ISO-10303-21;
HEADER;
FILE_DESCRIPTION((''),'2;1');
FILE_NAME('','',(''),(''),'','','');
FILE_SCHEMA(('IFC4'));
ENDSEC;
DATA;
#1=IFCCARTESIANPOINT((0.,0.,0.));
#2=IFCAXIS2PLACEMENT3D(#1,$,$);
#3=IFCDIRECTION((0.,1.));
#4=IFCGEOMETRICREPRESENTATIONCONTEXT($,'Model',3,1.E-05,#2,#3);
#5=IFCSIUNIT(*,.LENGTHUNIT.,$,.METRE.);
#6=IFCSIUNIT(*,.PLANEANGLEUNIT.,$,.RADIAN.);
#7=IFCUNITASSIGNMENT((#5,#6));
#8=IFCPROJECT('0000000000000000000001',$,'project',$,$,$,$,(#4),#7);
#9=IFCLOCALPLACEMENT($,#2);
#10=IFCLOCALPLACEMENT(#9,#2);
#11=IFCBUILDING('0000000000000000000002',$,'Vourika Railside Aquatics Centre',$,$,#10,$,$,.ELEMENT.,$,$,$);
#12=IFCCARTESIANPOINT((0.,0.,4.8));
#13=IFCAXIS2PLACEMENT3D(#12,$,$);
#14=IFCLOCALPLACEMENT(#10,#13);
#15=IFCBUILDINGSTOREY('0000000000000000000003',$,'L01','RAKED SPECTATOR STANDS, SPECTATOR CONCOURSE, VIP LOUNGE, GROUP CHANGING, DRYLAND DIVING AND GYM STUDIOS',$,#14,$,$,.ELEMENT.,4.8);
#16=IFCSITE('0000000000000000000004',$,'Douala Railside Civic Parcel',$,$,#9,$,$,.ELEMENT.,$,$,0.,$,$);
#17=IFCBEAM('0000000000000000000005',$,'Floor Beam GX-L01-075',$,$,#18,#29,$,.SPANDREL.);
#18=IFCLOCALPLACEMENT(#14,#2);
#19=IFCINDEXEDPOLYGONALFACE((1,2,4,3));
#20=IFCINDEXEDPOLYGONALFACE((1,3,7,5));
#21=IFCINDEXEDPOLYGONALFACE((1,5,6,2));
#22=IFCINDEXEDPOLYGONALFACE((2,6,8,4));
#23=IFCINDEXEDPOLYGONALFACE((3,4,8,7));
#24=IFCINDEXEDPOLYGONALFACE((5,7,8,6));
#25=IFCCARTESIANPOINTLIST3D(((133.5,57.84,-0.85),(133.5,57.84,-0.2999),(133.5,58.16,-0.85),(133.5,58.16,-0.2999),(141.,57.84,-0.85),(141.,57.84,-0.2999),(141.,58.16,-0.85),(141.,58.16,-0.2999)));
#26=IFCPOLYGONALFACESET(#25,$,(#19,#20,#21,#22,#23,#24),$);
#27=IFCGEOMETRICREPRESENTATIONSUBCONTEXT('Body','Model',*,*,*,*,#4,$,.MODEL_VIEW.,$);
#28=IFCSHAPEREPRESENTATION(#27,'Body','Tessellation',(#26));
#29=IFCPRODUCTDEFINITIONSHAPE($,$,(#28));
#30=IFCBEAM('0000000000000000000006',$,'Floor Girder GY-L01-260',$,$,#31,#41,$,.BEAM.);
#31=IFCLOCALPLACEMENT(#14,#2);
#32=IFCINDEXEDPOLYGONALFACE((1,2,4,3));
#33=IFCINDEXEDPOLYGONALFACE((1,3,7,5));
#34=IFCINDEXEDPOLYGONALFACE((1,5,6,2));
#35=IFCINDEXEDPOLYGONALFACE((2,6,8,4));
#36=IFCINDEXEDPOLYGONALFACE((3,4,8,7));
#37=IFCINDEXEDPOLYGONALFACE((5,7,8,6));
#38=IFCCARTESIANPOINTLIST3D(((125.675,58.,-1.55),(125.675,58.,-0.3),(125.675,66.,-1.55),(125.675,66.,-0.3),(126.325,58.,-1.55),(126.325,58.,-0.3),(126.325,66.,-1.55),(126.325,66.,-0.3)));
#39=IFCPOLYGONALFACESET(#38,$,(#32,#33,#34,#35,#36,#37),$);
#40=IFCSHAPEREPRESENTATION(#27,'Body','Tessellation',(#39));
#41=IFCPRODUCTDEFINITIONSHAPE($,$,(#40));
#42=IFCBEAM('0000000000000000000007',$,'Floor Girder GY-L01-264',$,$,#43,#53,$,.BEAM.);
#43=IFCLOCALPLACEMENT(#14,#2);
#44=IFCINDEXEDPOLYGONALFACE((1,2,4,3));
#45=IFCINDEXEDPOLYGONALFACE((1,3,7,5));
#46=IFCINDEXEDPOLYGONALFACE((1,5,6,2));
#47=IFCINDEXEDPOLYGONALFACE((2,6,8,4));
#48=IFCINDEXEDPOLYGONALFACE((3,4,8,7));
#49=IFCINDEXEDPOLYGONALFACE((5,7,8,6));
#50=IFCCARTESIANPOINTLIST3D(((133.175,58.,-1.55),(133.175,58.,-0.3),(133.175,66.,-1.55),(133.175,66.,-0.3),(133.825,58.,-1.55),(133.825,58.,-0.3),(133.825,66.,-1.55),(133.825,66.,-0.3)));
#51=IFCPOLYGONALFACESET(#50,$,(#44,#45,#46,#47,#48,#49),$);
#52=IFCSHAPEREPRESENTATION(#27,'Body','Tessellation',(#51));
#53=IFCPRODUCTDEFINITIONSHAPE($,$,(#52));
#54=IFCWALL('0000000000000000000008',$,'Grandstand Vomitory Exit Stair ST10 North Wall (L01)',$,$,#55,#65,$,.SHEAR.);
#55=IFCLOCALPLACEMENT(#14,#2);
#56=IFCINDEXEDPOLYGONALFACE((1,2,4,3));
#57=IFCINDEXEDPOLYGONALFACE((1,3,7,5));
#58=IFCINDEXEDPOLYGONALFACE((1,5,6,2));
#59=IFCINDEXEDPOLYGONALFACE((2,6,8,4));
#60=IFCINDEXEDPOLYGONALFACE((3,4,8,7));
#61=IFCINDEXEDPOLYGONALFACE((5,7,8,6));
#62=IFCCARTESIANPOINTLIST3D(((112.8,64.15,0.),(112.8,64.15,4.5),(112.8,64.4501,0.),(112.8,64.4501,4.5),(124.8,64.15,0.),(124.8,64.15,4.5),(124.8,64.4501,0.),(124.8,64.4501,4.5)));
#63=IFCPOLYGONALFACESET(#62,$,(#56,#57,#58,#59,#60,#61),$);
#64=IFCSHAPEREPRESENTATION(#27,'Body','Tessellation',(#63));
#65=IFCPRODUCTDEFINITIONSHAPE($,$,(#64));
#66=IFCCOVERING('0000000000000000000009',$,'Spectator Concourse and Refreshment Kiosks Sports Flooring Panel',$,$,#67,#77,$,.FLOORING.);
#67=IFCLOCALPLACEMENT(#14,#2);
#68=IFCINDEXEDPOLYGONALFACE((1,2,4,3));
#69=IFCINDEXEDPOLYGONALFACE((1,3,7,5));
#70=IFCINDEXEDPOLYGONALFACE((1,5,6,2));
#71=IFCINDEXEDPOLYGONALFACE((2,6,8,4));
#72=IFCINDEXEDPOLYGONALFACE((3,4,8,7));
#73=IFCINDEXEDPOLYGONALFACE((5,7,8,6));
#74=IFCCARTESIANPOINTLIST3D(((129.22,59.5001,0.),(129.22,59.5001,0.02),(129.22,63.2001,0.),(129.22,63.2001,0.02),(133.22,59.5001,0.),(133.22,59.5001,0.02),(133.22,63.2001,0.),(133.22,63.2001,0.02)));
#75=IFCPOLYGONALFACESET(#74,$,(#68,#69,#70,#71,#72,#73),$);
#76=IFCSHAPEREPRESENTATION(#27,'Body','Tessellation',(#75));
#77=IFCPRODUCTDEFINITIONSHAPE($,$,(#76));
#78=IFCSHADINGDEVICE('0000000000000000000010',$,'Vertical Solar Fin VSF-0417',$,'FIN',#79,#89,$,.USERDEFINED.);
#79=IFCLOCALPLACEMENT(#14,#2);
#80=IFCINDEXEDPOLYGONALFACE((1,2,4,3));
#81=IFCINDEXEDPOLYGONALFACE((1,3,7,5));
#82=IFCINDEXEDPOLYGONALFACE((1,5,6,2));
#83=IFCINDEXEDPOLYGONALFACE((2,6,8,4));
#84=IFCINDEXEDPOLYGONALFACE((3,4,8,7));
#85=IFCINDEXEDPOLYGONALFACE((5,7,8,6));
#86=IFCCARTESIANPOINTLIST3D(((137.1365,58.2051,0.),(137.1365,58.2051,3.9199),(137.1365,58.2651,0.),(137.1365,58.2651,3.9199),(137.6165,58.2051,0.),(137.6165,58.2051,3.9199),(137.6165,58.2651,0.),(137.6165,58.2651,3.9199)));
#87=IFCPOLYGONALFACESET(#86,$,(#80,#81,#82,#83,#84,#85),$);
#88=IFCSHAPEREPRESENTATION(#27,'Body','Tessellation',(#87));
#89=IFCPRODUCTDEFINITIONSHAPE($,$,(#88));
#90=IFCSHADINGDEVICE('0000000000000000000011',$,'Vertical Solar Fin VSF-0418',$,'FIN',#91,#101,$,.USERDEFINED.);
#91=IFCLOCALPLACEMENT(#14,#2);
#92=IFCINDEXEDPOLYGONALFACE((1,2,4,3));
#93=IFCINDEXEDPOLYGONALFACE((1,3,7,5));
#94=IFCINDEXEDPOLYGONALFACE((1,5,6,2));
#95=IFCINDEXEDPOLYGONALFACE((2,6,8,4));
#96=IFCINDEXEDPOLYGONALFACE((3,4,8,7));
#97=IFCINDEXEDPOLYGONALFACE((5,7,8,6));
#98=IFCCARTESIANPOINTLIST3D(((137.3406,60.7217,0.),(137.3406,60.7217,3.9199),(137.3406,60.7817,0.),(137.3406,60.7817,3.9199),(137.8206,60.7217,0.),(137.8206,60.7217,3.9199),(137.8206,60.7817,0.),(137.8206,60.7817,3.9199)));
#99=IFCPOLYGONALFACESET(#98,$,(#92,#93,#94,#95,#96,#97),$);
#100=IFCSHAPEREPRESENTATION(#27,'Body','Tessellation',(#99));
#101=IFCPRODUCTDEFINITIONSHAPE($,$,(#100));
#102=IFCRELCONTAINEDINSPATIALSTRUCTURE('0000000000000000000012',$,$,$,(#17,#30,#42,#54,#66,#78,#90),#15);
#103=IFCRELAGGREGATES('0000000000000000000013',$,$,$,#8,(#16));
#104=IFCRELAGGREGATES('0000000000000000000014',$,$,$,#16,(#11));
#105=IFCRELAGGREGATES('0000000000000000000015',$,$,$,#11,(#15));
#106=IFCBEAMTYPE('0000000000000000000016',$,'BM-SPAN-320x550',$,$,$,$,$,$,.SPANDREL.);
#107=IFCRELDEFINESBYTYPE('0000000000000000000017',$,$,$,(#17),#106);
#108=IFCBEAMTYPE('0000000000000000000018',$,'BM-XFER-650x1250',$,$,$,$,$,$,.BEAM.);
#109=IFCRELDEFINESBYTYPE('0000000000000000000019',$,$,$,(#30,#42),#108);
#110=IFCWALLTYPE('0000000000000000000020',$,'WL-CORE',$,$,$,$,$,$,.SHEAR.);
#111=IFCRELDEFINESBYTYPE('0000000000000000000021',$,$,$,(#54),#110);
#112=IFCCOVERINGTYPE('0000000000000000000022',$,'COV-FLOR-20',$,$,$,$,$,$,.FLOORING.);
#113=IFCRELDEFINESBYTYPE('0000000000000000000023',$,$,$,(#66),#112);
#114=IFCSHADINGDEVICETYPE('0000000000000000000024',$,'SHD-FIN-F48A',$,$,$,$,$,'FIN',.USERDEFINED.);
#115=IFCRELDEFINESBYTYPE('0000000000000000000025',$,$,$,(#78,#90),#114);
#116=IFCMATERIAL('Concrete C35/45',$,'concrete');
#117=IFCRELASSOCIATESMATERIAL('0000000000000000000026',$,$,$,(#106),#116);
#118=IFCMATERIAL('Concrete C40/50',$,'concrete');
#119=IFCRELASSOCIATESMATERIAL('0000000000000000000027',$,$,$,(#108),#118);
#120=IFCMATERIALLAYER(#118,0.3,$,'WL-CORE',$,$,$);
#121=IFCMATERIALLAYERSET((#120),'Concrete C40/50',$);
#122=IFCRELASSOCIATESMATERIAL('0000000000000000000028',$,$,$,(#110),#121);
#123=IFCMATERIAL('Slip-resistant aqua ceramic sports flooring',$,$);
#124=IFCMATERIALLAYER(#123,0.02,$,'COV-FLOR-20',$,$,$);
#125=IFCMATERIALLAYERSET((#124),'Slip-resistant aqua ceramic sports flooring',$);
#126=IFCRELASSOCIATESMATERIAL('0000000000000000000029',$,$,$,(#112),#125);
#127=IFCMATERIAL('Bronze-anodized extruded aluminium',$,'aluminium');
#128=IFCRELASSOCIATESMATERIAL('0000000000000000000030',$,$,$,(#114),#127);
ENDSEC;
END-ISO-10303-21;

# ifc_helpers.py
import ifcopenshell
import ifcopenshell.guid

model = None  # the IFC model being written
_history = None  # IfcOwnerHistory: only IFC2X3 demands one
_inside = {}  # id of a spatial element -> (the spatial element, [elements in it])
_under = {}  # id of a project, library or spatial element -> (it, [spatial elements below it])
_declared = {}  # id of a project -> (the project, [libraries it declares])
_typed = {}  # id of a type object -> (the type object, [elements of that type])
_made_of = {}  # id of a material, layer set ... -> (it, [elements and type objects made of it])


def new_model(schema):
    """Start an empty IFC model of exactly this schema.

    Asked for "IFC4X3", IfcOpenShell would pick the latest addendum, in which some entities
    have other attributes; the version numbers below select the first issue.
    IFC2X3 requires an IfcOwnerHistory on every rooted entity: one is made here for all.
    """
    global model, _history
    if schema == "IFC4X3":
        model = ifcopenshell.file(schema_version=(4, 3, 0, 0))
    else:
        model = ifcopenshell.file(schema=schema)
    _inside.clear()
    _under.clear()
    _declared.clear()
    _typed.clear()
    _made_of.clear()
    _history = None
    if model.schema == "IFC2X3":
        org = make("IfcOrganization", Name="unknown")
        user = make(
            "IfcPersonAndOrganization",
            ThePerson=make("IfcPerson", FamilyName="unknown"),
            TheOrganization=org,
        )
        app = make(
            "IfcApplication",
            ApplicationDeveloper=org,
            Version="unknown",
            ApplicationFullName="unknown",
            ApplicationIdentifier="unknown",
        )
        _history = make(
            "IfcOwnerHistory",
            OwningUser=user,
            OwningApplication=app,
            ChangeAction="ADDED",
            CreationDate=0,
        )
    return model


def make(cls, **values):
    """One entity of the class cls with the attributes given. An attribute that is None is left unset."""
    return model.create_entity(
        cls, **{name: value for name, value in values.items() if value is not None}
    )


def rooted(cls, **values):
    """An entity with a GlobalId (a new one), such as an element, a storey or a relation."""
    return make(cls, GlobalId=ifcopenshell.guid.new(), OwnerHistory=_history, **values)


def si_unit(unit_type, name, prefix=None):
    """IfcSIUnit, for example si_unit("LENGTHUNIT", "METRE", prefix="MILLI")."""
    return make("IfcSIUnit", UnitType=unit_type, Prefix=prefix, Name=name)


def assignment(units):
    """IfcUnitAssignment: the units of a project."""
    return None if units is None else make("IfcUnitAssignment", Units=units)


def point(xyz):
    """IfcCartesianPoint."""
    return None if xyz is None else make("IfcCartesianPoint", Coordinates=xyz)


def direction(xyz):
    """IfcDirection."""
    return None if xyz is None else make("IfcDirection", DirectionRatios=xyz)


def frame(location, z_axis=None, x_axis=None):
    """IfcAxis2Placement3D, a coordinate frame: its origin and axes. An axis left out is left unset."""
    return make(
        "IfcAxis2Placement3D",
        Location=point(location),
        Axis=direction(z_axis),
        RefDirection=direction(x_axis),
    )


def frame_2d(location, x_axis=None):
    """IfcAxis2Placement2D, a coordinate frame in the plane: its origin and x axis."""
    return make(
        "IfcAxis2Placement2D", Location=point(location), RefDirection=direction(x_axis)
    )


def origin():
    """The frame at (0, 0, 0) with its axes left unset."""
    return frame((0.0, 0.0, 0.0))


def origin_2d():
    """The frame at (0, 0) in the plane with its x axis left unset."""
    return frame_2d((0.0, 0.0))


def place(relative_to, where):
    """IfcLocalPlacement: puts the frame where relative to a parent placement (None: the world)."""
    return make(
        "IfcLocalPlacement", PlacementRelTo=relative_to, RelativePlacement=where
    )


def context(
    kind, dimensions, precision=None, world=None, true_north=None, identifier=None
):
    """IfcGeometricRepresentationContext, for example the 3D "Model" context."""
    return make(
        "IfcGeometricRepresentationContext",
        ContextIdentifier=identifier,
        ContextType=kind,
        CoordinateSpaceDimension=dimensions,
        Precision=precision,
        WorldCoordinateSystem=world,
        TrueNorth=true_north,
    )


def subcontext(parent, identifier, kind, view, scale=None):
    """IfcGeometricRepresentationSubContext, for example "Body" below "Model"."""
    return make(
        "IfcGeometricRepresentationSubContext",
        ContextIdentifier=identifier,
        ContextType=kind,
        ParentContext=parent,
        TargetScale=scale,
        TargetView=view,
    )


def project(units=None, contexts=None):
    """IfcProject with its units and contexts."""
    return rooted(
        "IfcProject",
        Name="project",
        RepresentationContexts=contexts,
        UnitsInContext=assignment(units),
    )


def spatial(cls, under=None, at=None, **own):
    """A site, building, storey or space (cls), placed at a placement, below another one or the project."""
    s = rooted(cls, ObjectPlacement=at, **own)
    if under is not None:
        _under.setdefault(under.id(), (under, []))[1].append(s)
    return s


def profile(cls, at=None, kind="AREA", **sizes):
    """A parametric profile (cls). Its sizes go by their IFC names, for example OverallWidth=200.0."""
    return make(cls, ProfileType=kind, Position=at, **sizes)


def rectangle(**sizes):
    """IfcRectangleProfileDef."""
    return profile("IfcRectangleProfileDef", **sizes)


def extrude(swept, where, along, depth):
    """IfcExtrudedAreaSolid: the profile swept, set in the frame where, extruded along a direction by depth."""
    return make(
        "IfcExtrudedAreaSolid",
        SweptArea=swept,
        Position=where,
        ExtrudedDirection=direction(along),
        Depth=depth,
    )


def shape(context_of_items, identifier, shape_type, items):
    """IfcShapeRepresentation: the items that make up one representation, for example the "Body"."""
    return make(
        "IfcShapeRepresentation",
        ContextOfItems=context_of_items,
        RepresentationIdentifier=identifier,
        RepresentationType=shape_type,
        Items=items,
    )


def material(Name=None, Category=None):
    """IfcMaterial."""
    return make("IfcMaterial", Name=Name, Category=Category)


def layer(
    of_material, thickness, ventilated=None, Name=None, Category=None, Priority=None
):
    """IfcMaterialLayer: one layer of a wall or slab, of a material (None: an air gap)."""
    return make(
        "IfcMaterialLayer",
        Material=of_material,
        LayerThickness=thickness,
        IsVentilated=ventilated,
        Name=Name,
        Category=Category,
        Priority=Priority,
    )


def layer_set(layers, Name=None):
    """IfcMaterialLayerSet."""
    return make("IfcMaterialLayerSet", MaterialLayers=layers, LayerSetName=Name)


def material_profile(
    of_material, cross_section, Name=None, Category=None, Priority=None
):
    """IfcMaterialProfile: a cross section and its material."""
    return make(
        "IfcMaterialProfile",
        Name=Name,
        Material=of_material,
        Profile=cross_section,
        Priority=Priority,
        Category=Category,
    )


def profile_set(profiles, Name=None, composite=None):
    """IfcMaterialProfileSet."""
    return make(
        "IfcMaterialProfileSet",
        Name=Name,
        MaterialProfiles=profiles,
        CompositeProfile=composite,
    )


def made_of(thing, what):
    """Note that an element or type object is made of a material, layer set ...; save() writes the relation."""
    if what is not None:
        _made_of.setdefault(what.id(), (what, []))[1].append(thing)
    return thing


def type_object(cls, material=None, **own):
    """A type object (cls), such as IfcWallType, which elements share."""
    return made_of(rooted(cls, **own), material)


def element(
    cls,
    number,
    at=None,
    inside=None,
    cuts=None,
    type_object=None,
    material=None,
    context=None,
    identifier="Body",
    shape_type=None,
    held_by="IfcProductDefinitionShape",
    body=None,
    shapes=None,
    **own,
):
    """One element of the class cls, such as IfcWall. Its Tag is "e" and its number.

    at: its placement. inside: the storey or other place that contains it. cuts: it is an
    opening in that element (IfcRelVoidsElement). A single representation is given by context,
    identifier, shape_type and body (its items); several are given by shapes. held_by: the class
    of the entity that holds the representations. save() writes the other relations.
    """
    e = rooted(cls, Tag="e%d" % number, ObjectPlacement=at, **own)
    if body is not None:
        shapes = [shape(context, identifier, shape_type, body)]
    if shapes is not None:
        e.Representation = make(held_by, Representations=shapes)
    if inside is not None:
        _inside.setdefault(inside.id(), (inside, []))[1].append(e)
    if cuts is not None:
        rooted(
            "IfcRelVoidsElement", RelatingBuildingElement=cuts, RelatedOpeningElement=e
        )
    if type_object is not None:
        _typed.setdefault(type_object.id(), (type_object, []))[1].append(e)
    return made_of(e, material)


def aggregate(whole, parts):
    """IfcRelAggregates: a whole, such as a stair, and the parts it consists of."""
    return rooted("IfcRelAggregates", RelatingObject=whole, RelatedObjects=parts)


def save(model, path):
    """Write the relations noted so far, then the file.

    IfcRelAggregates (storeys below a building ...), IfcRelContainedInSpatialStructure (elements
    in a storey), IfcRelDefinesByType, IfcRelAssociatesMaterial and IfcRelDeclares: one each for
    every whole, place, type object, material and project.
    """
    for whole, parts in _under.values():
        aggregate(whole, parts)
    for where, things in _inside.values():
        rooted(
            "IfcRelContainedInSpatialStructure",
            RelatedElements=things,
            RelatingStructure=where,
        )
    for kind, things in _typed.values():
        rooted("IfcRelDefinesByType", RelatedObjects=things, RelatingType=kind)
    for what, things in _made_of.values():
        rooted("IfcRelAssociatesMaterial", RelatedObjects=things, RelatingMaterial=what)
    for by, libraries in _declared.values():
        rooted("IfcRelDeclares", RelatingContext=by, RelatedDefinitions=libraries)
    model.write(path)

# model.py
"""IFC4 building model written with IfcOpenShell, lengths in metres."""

from ifc_helpers import new_model, si_unit, direction, frame, frame_2d, origin, origin_2d, place, context, subcontext, project, spatial, rectangle, extrude, material, layer, layer_set, material_profile, profile_set, type_object, element, save


model = new_model("IFC4")

# Units and contexts
model_context = context("Model", 3, precision=1e-05, world=origin(), true_north=direction((0.0, 1.0)))
body_context = subcontext(model_context, "Body", "Model", "MODEL_VIEW")
ifc_project = project(units=[si_unit("LENGTHUNIT", "METRE"), si_unit("PLANEANGLEUNIT", "RADIAN")], contexts=[model_context])

# Site, building, storey
site_placement = place(None, origin())
site = spatial("IfcSite", under=ifc_project, at=site_placement, Name="Douala Railside Civic Parcel", CompositionType="ELEMENT", RefElevation=0.0)
building_placement = place(site_placement, origin())
building = spatial("IfcBuilding", under=site, at=building_placement, Name="Vourika Railside Aquatics Centre", CompositionType="ELEMENT")
storey_placement = place(building_placement, frame((0.0, 0.0, 4.8)))
storey = spatial("IfcBuildingStorey", under=building, at=storey_placement, Name="L01", Description="RAKED SPECTATOR STANDS, SPECTATOR CONCOURSE, VIP LOUNGE, GROUP CHANGING, DRYLAND DIVING AND GYM STUDIOS", CompositionType="ELEMENT", Elevation=4.8)

# Shared definitions
ifc_material_1 = material(Name="Concrete C40/50", Category="concrete")
ifc_material_2 = material(Name="Concrete C35/45", Category="concrete")

# Beams
ifc_material_profile_1 = material_profile(ifc_material_2, rectangle(XDim=0.3201, YDim=0.55, at=origin_2d()), Name="RC 320x550")
ifc_profile_set_1 = profile_set([ifc_material_profile_1], Name="Concrete C35/45")
beam_type_1 = type_object("IfcBeamType", Name="BM-SPAN-320x550", PredefinedType="SPANDREL", material=ifc_profile_set_1)
for number, where, z_axis, x_axis, name in (
    (1, (133.5, 58.0, -0.575), (1.0, 0.0, 0.0), (0.0, 1.0, 0.0), "Floor Beam GX-L01-075"),
):
    element("IfcBeam", number, at=place(storey_placement, frame(where, z_axis=z_axis, x_axis=x_axis)), inside=storey, type_object=beam_type_1, Name=name, PredefinedType="SPANDREL", context=body_context, shape_type="SweptSolid", body=[
        extrude(rectangle(XDim=0.3201, YDim=0.55, at=origin_2d()), origin(), (0.0, 0.0, 1.0), 7.5),
    ])
ifc_material_profile_2 = material_profile(ifc_material_1, rectangle(XDim=0.6499, YDim=1.25, at=origin_2d()), Name="RC 650x1250")
ifc_profile_set_2 = profile_set([ifc_material_profile_2], Name="Concrete C40/50")
beam_type_2 = type_object("IfcBeamType", Name="BM-XFER-650x1250", PredefinedType="BEAM", material=ifc_profile_set_2)
for number, where, z_axis, x_axis, name in (
    (2, (126.0, 58.0, -0.925), (0.0, 1.0, 0.0), (-1.0, 0.0, 0.0), "Floor Girder GY-L01-260"),
    (3, (133.5, 58.0, -0.925), (0.0, 1.0, 0.0), (-1.0, 0.0, 0.0), "Floor Girder GY-L01-264"),
):
    element("IfcBeam", number, at=place(storey_placement, frame(where, z_axis=z_axis, x_axis=x_axis)), inside=storey, type_object=beam_type_2, Name=name, PredefinedType="BEAM", context=body_context, shape_type="SweptSolid", body=[
        extrude(rectangle(XDim=0.6499, YDim=1.25, at=origin_2d()), origin(), (0.0, 0.0, 1.0), 8.0),
    ])

# Wall
ifc_layer_1 = layer(ifc_material_1, 0.3, Name="WL-CORE")
ifc_layer_set_1 = layer_set([ifc_layer_1], Name="Concrete C40/50")
wall_type = type_object("IfcWallType", Name="WL-CORE", PredefinedType="SHEAR", material=ifc_layer_set_1)
wall_placement = place(storey_placement, frame((124.8, 64.3, 0.0), z_axis=(0.0, 0.0, 1.0), x_axis=(-1.0, 0.0, 0.0)))
element("IfcWall", 4, at=wall_placement, inside=storey, type_object=wall_type, Name="Grandstand Vomitory Exit Stair ST10 North Wall (L01)", PredefinedType="SHEAR", context=body_context, shape_type="SweptSolid", body=[
    extrude(rectangle(XDim=12.0, YDim=0.3, at=frame_2d((6.0, 0.0))), origin(), (0.0, 0.0, 1.0), 4.5),
])

# Covering
ifc_material_3 = material(Name="Slip-resistant aqua ceramic sports flooring")
ifc_layer_2 = layer(ifc_material_3, 0.02, Name="COV-FLOR-20")
ifc_layer_set_2 = layer_set([ifc_layer_2], Name="Slip-resistant aqua ceramic sports flooring")
covering_type = type_object("IfcCoveringType", Name="COV-FLOR-20", PredefinedType="FLOORING", material=ifc_layer_set_2)
covering_placement = place(storey_placement, frame((131.22, 61.3501, 0.0), z_axis=(0.0, 0.0, 1.0), x_axis=(1.0, 0.0, 0.0)))
element("IfcCovering", 5, at=covering_placement, inside=storey, type_object=covering_type, Name="Spectator Concourse and Refreshment Kiosks Sports Flooring Panel", PredefinedType="FLOORING", context=body_context, shape_type="SweptSolid", body=[
    extrude(rectangle(XDim=4.0, YDim=3.7, at=origin_2d()), origin(), (0.0, 0.0, 1.0), 0.02),
])

# Shading devices
ifc_material_4 = material(Name="Bronze-anodized extruded aluminium", Category="aluminium")
ifc_material_profile_3 = material_profile(ifc_material_4, rectangle(XDim=0.0601, YDim=0.48, at=origin_2d()), Name="ALU-FIN 60x480")
ifc_profile_set_3 = profile_set([ifc_material_profile_3], Name="Bronze-anodized extruded aluminium")
shading_device_type = type_object("IfcShadingDeviceType", Name="SHD-FIN-F48A", ElementType="FIN", PredefinedType="USERDEFINED", material=ifc_profile_set_3)
for number, where, z_axis, x_axis, name in (
    (6, (137.3765, 58.2351, 0.0), (0.0, 0.0, 1.0), (0.0, 1.0, 0.0), "Vertical Solar Fin VSF-0417"),
    (7, (137.5806, 60.7517, 0.0), (0.0, 0.0, 1.0), (0.0, 1.0, 0.0), "Vertical Solar Fin VSF-0418"),
):
    element("IfcShadingDevice", number, at=place(storey_placement, frame(where, z_axis=z_axis, x_axis=x_axis)), inside=storey, type_object=shading_device_type, Name=name, ObjectType="FIN", PredefinedType="USERDEFINED", context=body_context, shape_type="SweptSolid", body=[
        extrude(rectangle(XDim=0.0601, YDim=0.48, at=origin_2d()), origin(), (0.0, 0.0, 1.0), 3.9199),
    ])

save(model, "model.ifc")
